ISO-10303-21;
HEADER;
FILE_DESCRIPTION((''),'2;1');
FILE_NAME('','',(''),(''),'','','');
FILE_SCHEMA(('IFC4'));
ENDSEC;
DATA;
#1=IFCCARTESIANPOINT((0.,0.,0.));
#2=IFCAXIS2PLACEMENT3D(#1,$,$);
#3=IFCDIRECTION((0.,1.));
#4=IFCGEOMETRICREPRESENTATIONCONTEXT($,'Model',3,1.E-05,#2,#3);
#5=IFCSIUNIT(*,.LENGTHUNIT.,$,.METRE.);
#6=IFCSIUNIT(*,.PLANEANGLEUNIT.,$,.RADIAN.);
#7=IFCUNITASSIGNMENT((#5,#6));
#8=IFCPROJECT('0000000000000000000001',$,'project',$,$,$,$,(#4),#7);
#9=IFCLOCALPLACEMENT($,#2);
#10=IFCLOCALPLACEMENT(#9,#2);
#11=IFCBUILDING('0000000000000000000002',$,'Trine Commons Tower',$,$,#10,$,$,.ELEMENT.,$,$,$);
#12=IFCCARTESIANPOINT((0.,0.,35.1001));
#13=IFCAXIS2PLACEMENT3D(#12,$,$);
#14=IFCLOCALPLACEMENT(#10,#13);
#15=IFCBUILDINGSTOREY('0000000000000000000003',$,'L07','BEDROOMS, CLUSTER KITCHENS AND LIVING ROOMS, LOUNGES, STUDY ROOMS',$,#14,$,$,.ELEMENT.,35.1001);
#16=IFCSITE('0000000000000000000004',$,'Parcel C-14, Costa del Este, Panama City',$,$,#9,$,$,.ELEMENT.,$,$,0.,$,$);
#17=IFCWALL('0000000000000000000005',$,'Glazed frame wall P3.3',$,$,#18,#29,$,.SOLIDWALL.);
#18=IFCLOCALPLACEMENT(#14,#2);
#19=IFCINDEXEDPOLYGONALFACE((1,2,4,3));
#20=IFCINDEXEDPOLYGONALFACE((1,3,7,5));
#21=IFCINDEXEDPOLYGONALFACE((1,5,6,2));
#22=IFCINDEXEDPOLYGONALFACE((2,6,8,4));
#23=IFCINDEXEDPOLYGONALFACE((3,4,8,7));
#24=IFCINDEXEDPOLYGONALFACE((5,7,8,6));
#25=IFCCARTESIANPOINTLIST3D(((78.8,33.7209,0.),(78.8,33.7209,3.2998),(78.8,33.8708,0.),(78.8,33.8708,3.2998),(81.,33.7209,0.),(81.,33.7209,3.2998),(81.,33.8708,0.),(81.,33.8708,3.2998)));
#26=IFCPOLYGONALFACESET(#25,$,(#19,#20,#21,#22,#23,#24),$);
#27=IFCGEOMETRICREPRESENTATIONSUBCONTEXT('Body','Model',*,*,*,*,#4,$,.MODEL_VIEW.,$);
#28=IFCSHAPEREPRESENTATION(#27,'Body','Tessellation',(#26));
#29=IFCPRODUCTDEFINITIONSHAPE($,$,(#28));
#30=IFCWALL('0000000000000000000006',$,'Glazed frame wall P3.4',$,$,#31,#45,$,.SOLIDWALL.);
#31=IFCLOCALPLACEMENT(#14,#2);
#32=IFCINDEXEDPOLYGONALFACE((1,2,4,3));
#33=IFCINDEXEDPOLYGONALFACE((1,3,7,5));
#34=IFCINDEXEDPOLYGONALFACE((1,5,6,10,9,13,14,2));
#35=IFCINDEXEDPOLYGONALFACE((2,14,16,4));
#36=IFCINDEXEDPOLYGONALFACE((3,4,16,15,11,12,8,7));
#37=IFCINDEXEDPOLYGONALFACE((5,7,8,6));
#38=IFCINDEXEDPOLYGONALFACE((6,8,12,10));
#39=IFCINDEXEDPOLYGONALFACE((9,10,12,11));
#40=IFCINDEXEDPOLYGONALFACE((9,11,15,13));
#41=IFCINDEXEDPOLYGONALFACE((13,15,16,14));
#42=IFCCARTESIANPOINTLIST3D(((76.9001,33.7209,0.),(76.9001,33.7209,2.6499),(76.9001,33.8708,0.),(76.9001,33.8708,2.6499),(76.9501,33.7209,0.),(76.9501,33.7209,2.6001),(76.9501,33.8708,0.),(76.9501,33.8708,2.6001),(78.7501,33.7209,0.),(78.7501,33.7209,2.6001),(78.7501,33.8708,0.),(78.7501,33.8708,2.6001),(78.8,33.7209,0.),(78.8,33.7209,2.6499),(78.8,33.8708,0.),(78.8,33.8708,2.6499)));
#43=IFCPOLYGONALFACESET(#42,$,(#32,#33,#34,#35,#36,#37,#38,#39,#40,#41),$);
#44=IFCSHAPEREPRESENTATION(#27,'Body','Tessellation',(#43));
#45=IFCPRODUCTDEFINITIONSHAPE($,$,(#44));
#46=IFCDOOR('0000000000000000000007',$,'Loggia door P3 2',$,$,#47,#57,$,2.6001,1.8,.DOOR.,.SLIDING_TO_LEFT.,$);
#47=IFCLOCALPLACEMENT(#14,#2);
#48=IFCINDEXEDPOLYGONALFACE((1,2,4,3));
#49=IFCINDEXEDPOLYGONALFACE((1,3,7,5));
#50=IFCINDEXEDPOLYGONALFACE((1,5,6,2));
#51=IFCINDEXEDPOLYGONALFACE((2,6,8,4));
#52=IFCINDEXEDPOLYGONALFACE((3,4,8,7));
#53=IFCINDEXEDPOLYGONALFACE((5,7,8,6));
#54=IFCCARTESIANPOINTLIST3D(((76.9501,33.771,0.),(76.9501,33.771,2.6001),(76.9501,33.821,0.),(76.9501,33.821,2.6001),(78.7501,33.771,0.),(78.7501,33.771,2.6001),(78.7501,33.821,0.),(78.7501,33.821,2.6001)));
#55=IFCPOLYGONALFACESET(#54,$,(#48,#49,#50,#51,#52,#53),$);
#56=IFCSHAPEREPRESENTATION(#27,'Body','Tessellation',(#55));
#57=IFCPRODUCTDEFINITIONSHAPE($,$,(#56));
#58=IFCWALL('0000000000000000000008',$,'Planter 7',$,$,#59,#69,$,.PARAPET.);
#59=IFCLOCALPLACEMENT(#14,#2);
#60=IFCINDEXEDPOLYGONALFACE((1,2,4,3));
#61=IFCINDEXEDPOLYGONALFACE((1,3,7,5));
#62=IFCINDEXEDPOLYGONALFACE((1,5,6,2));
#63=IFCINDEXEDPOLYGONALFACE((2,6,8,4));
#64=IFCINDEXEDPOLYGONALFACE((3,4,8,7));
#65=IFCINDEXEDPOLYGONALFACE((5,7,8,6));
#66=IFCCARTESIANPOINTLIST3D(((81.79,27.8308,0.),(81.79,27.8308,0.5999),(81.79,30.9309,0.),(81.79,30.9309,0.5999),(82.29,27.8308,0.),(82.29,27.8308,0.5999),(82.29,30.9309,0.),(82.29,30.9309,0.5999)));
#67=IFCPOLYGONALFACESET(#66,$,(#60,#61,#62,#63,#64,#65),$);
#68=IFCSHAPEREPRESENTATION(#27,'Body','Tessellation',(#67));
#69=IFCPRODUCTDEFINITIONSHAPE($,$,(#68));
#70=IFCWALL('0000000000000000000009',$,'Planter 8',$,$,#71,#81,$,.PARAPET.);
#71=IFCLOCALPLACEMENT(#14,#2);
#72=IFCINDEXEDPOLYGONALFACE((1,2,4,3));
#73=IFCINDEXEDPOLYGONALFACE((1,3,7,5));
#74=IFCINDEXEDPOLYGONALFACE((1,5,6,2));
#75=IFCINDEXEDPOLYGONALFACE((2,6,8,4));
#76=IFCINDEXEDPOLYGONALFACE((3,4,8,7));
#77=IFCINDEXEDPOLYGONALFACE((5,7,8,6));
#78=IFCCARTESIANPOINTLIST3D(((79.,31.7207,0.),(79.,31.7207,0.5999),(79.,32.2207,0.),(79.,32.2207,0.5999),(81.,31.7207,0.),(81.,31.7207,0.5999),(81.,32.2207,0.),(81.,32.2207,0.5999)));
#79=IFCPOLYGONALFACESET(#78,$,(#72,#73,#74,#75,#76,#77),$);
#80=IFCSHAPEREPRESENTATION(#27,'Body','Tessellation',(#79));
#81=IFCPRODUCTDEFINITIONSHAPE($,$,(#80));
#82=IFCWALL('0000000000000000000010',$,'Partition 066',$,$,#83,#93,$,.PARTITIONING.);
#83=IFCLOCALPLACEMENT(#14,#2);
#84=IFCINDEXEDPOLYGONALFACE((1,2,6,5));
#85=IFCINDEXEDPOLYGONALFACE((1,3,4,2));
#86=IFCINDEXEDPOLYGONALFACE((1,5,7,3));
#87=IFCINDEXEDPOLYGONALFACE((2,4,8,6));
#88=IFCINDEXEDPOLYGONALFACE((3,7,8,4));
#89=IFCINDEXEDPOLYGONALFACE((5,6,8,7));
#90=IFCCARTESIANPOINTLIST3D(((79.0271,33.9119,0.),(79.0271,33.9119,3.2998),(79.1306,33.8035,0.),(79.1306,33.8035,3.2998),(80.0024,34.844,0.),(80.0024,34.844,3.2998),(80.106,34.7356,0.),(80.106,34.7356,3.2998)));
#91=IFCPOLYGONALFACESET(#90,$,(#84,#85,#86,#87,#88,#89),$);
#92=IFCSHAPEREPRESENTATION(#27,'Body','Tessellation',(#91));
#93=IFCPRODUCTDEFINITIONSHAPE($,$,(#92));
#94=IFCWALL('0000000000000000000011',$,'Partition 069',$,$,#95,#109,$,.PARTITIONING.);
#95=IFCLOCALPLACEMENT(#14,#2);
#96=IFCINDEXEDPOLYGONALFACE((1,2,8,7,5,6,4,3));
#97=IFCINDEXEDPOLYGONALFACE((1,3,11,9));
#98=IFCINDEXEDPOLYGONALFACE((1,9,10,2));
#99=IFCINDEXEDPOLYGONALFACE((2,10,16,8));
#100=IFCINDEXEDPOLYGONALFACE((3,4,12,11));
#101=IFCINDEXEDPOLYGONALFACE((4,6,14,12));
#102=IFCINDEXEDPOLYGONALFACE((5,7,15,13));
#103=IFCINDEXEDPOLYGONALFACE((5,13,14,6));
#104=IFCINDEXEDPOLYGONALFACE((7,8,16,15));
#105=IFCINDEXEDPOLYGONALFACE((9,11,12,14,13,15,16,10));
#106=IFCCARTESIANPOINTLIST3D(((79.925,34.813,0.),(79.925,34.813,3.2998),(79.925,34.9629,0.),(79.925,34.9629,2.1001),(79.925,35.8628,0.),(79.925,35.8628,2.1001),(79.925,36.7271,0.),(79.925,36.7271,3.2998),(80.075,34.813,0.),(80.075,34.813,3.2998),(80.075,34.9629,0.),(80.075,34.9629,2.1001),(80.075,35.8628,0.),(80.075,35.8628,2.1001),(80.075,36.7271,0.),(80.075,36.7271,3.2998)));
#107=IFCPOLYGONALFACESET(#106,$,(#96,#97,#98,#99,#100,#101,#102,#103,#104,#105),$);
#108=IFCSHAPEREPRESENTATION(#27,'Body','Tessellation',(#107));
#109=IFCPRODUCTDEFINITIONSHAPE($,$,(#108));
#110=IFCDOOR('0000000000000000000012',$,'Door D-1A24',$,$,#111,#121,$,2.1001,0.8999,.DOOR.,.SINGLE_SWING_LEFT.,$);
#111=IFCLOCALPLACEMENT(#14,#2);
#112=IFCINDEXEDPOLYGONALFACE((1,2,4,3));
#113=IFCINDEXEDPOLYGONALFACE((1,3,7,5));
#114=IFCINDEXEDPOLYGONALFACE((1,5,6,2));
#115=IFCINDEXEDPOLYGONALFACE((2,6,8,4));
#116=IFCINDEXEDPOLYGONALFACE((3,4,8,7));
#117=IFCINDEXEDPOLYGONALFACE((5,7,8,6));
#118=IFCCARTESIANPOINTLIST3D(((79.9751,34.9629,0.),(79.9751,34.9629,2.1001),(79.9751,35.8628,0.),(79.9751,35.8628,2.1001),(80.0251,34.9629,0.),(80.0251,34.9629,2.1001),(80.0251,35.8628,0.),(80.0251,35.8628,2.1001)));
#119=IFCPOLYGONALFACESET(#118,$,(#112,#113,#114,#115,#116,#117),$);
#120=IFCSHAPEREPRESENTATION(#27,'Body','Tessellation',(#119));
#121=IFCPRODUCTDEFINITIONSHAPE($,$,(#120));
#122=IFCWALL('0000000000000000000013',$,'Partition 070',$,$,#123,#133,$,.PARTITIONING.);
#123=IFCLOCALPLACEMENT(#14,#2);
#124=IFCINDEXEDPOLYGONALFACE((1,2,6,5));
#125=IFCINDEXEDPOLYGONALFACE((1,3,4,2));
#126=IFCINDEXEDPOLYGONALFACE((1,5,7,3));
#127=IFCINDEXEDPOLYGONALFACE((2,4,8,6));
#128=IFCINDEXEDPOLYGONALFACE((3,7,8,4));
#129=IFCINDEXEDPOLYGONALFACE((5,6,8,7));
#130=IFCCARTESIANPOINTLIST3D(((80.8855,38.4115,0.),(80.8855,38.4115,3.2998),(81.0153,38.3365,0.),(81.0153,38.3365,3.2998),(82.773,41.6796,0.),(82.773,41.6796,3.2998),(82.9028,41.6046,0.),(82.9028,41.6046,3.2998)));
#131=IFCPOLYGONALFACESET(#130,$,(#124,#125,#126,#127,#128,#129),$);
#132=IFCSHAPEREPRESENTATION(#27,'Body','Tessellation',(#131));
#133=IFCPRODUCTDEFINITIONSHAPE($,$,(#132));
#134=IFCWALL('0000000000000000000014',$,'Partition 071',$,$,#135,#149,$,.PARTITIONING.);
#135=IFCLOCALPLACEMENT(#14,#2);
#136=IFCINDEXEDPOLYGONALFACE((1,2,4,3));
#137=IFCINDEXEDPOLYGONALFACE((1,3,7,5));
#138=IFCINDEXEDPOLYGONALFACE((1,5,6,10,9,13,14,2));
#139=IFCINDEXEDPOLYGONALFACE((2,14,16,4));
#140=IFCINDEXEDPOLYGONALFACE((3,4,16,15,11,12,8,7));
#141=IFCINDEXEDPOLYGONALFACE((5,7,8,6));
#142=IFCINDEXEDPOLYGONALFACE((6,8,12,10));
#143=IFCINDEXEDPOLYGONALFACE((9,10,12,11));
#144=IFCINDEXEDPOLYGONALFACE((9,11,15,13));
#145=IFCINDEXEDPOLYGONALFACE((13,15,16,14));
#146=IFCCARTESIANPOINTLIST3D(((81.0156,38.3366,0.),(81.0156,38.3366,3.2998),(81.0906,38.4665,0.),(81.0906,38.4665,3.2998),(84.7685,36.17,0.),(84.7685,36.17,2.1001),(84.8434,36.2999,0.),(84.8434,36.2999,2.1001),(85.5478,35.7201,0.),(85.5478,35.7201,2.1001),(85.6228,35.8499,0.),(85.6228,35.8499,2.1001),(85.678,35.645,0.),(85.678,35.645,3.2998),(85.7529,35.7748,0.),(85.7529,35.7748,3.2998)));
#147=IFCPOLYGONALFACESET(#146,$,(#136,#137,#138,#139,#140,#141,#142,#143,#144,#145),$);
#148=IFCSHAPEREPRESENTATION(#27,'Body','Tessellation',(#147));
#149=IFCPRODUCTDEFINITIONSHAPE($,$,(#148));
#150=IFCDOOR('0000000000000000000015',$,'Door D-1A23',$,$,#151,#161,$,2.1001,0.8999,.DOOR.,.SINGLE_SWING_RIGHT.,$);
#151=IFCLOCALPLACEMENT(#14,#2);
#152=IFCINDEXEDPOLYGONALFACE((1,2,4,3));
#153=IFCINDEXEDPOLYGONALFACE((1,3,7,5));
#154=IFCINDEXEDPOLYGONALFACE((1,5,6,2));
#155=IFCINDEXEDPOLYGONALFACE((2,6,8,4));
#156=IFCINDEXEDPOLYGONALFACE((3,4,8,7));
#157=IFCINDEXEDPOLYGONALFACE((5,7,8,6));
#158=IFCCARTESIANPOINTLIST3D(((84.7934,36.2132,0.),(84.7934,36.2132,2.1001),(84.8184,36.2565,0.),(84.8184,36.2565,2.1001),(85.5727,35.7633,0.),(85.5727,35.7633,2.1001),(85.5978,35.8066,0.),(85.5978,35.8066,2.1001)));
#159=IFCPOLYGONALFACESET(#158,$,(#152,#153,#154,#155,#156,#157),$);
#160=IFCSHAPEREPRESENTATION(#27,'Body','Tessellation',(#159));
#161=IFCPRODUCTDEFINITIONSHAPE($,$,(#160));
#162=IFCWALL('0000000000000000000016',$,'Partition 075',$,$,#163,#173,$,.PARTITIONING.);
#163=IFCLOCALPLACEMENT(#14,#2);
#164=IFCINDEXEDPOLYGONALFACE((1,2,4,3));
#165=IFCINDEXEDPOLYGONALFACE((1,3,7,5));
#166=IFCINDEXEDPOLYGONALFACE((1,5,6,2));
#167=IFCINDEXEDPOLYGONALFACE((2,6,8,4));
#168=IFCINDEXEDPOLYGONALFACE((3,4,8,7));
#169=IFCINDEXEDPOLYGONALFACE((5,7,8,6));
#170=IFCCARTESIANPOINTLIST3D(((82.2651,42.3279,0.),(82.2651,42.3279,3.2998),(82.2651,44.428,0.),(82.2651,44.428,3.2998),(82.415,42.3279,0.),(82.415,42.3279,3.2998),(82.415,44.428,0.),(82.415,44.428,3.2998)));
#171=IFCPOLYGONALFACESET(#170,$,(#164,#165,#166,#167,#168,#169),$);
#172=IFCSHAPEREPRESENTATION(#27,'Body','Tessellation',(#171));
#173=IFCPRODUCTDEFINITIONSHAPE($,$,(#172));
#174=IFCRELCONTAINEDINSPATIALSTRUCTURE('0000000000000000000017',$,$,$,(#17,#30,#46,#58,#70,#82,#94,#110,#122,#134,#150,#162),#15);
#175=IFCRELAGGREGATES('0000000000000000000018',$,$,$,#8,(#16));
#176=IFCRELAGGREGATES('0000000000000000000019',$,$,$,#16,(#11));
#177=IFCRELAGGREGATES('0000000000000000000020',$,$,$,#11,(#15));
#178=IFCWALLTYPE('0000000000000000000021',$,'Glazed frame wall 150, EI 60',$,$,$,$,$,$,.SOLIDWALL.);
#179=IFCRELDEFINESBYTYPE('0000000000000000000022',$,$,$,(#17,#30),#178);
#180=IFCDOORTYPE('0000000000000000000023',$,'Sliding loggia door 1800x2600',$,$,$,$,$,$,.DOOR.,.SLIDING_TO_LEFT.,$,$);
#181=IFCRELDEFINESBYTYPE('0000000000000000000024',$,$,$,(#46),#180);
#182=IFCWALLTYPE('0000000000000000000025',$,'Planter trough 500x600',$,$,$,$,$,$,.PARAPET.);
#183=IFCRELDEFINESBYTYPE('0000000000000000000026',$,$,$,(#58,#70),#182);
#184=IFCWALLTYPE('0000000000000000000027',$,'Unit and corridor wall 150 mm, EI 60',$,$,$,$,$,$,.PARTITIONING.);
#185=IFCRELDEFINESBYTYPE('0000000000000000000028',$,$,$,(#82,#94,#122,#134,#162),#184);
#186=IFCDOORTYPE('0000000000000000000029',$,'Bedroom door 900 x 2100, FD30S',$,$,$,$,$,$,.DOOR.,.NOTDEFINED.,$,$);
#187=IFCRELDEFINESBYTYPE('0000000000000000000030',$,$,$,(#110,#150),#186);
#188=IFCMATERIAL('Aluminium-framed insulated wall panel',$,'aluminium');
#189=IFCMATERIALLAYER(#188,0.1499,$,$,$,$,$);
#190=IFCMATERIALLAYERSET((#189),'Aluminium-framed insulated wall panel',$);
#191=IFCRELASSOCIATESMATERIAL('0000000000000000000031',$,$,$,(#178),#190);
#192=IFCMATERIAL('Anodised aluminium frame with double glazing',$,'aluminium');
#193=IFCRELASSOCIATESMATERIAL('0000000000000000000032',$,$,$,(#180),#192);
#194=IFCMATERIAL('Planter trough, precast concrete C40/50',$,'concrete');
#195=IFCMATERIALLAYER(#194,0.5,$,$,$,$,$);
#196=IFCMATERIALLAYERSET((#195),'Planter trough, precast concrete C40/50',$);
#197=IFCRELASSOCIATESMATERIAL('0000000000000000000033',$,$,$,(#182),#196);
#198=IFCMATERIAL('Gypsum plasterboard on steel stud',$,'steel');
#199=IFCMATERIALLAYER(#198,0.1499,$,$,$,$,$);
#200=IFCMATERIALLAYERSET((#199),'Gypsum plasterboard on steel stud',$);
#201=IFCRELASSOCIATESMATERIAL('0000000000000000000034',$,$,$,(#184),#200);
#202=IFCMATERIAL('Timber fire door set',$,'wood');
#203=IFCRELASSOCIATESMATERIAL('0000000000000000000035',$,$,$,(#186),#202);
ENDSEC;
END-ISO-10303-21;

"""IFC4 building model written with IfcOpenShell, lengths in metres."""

from ifc_helpers import new_model, si_unit, direction, frame, frame_2d, origin, place, context, subcontext, project, spatial, polyline, rectangle, outline, extrude, material, layer, layer_set, type_object, element, fill, save


model = new_model("IFC4")

# Units and contexts
model_context = context("Model", 3, precision=1e-05, world=origin(), true_north=direction((0.0, 1.0)))
body_context = subcontext(model_context, "Body", "Model", "MODEL_VIEW")
ifc_project = project(units=[si_unit("LENGTHUNIT", "METRE"), si_unit("PLANEANGLEUNIT", "RADIAN")], contexts=[model_context])

# Site, building, storey
site_placement = place(None, origin())
site = spatial("IfcSite", under=ifc_project, at=site_placement, Name="Parcel C-14, Costa del Este, Panama City", CompositionType="ELEMENT", RefElevation=0.0)
building_placement = place(site_placement, origin())
building = spatial("IfcBuilding", under=site, at=building_placement, Name="Trine Commons Tower", CompositionType="ELEMENT")
storey_placement = place(building_placement, frame((0.0, 0.0, 35.1001)))
storey = spatial("IfcBuildingStorey", under=building, at=storey_placement, Name="L07", Description="BEDROOMS, CLUSTER KITCHENS AND LIVING ROOMS, LOUNGES, STUDY ROOMS", CompositionType="ELEMENT", Elevation=35.1001)

# Shared definitions
ifc_material_1 = material(Name="Aluminium-framed insulated wall panel", Category="aluminium")
ifc_layer_1 = layer(ifc_material_1, 0.1499)
ifc_layer_set_1 = layer_set([ifc_layer_1], Name="Aluminium-framed insulated wall panel")
wall_type_1 = type_object("IfcWallType", Name="Glazed frame wall 150, EI 60", PredefinedType="SOLIDWALL", material=ifc_layer_set_1)

# Shared definitions
ifc_material_2 = material(Name="Anodised aluminium frame with double glazing", Category="aluminium")
door_type_1 = type_object("IfcDoorType", Name="Sliding loggia door 1800x2600", OperationType="SLIDING_TO_LEFT", PredefinedType="DOOR", material=ifc_material_2)

# Wall
wall_1_placement = place(storey_placement, frame((81.0, 33.7959, 0.0), z_axis=(0.0, 0.0, 1.0), x_axis=(-1.0, 0.0, 0.0)))
element("IfcWall", 1, at=wall_1_placement, inside=storey, type_object=wall_type_1, Name="Glazed frame wall P3.3", PredefinedType="SOLIDWALL", context=body_context, shape_type="SweptSolid", body=[
    extrude(outline(polyline([(0.0, -0.075), (2.2, -0.075), (2.2, 0.075), (0.0, 0.075), (0.0, -0.075)])), origin(), (0.0, 0.0, 1.0), 3.2998),
])

# Wall, opening, door
wall_2_placement = place(storey_placement, frame((78.8, 33.7959, 0.0), z_axis=(0.0, 0.0, 1.0), x_axis=(-1.0, 0.0, 0.0)))
wall_2 = element("IfcWall", 2, at=wall_2_placement, inside=storey, type_object=wall_type_1, Name="Glazed frame wall P3.4", PredefinedType="SOLIDWALL", context=body_context, shape_type="SweptSolid", body=[
    extrude(outline(polyline([(0.0, -0.075), (1.8999, -0.075), (1.8999, 0.075), (0.0, 0.075), (0.0, -0.075)])), origin(), (0.0, 0.0, 1.0), 2.6499),
])
opening_1_placement = place(wall_2_placement, frame((0.05, 0.0, 0.0)))
opening_1 = element("IfcOpeningElement", 3, at=opening_1_placement, cuts=wall_2, PredefinedType="OPENING", context=body_context, shape_type="SweptSolid", body=[
    extrude(rectangle(XDim=1.8, YDim=2.6001, at=frame_2d((0.8999, 1.3))), frame((0.0, 0.085, 0.0), z_axis=(0.0, -1.0, 0.0), x_axis=(1.0, 0.0, 0.0)), (0.0, 0.0, 1.0), 0.1699),
])
door_1_placement = place(opening_1_placement, origin())
door_1 = element("IfcDoor", 4, at=door_1_placement, inside=storey, type_object=door_type_1, Name="Loggia door P3 2", OperationType="SLIDING_TO_LEFT", OverallHeight=2.6001, OverallWidth=1.8, PredefinedType="DOOR", context=body_context, shape_type="SweptSolid", body=[
    extrude(rectangle(XDim=1.8, YDim=2.6001, at=frame_2d((0.8999, 1.3))), frame((0.0, 0.0249, 0.0), z_axis=(0.0, -1.0, 0.0), x_axis=(1.0, 0.0, 0.0)), (0.0, 0.0, 1.0), 0.05),
])
fill(opening_1, door_1)

# Walls
ifc_material_3 = material(Name="Planter trough, precast concrete C40/50", Category="concrete")
ifc_layer_2 = layer(ifc_material_3, 0.5)
ifc_layer_set_2 = layer_set([ifc_layer_2], Name="Planter trough, precast concrete C40/50")
wall_type_2 = type_object("IfcWallType", Name="Planter trough 500x600", PredefinedType="PARAPET", material=ifc_layer_set_2)
wall_3_placement = place(storey_placement, frame((82.04, 27.8308, 0.0), z_axis=(0.0, 0.0, 1.0), x_axis=(0.0, 1.0, 0.0)))
element("IfcWall", 5, at=wall_3_placement, inside=storey, type_object=wall_type_2, Name="Planter 7", PredefinedType="PARAPET", context=body_context, shape_type="SweptSolid", body=[
    extrude(rectangle(XDim=3.1001, YDim=0.5, at=frame_2d((1.55, 0.0))), origin(), (0.0, 0.0, 1.0), 0.5999),
])
wall_4_placement = place(storey_placement, frame((81.0, 31.9707, 0.0), z_axis=(0.0, 0.0, 1.0), x_axis=(-1.0, 0.0, 0.0)))
element("IfcWall", 6, at=wall_4_placement, inside=storey, type_object=wall_type_2, Name="Planter 8", PredefinedType="PARAPET", context=body_context, shape_type="SweptSolid", body=[
    extrude(rectangle(XDim=2.0, YDim=0.5, at=frame_2d((1.0, 0.0))), origin(), (0.0, 0.0, 1.0), 0.5999),
])
ifc_material_4 = material(Name="Gypsum plasterboard on steel stud", Category="steel")
ifc_layer_3 = layer(ifc_material_4, 0.1499)
ifc_layer_set_3 = layer_set([ifc_layer_3], Name="Gypsum plasterboard on steel stud")
wall_type_3 = type_object("IfcWallType", Name="Unit and corridor wall 150 mm, EI 60", PredefinedType="PARTITIONING", material=ifc_layer_set_3)
wall_5_placement = place(storey_placement, frame((79.0789, 33.8577, 0.0), z_axis=(0.0, 0.0, 1.0), x_axis=(0.72294, 0.69091, 0.0)))
element("IfcWall", 7, at=wall_5_placement, inside=storey, type_object=wall_type_3, Name="Partition 066", PredefinedType="PARTITIONING", context=body_context, shape_type="SweptSolid", body=[
    extrude(rectangle(XDim=1.3491, YDim=0.1499, at=frame_2d((0.6746, 0.0))), origin(), (0.0, 0.0, 1.0), 3.2998),
])

# Wall, opening, door
wall_6_placement = place(storey_placement, frame((80.0, 34.813, 0.0), z_axis=(0.0, 0.0, 1.0), x_axis=(0.0, 1.0, 0.0)))
wall_6 = element("IfcWall", 8, at=wall_6_placement, inside=storey, type_object=wall_type_3, Name="Partition 069", PredefinedType="PARTITIONING", context=body_context, shape_type="SweptSolid", body=[
    extrude(rectangle(XDim=1.9141, YDim=0.1499, at=frame_2d((0.957, 0.0))), origin(), (0.0, 0.0, 1.0), 3.2998),
])
opening_2_placement = place(wall_6_placement, frame((0.1499, 0.0, 0.0)))
opening_2 = element("IfcOpeningElement", 9, at=opening_2_placement, cuts=wall_6, PredefinedType="OPENING", context=body_context, shape_type="SweptSolid", body=[
    extrude(rectangle(XDim=0.8999, YDim=2.1001, at=frame_2d((0.45, 1.05))), frame((0.0, 0.085, 0.0), z_axis=(0.0, -1.0, 0.0), x_axis=(1.0, 0.0, 0.0)), (0.0, 0.0, 1.0), 0.1699),
])
ifc_material_5 = material(Name="Timber fire door set", Category="wood")
door_type_2 = type_object("IfcDoorType", Name="Bedroom door 900 x 2100, FD30S", OperationType="NOTDEFINED", PredefinedType="DOOR", material=ifc_material_5)
door_2_placement = place(opening_2_placement, origin())
door_2 = element("IfcDoor", 10, at=door_2_placement, inside=storey, type_object=door_type_2, Name="Door D-1A24", OperationType="SINGLE_SWING_LEFT", OverallHeight=2.1001, OverallWidth=0.8999, PredefinedType="DOOR", context=body_context, shape_type="SweptSolid", body=[
    extrude(rectangle(XDim=0.8999, YDim=2.1001, at=frame_2d((0.45, 1.05))), frame((0.0, 0.0249, 0.0), z_axis=(0.0, -1.0, 0.0), x_axis=(1.0, 0.0, 0.0)), (0.0, 0.0, 1.0), 0.05),
])
fill(opening_2, door_2)

# Wall
wall_7_placement = place(storey_placement, frame((80.9504, 38.374, 0.0), z_axis=(0.0, 0.0, 1.0), x_axis=(0.500126, 0.865953, 0.0)))
element("IfcWall", 11, at=wall_7_placement, inside=storey, type_object=wall_type_3, Name="Partition 070", PredefinedType="PARTITIONING", context=body_context, shape_type="SweptSolid", body=[
    extrude(rectangle(XDim=3.7739, YDim=0.1499, at=frame_2d((1.887, 0.0))), origin(), (0.0, 0.0, 1.0), 3.2998),
])

# Wall, opening, door
wall_8_placement = place(storey_placement, frame((81.053, 38.4016, 0.0), z_axis=(0.0, 0.0, 1.0), x_axis=(0.866038, -0.499978, 0.0)))
wall_8 = element("IfcWall", 12, at=wall_8_placement, inside=storey, type_object=wall_type_3, Name="Partition 071", PredefinedType="PARTITIONING", context=body_context, shape_type="SweptSolid", body=[
    extrude(rectangle(XDim=5.3835, YDim=0.1499, at=frame_2d((2.6919, 0.0))), origin(), (0.0, 0.0, 1.0), 3.2998),
])
opening_3_placement = place(wall_8_placement, frame((4.3335, 0.0, 0.0)))
opening_3 = element("IfcOpeningElement", 13, at=opening_3_placement, cuts=wall_8, PredefinedType="OPENING", context=body_context, shape_type="SweptSolid", body=[
    extrude(rectangle(XDim=0.8999, YDim=2.1001, at=frame_2d((0.45, 1.05))), frame((0.0, 0.085, 0.0), z_axis=(0.0, -1.0, 0.0), x_axis=(1.0, 0.0, 0.0)), (0.0, 0.0, 1.0), 0.1699),
])
door_3_placement = place(opening_3_placement, origin())
door_3 = element("IfcDoor", 14, at=door_3_placement, inside=storey, type_object=door_type_2, Name="Door D-1A23", OperationType="SINGLE_SWING_RIGHT", OverallHeight=2.1001, OverallWidth=0.8999, PredefinedType="DOOR", context=body_context, shape_type="SweptSolid", body=[
    extrude(rectangle(XDim=0.8999, YDim=2.1001, at=frame_2d((0.45, 1.05))), frame((0.0, 0.0249, 0.0), z_axis=(0.0, -1.0, 0.0), x_axis=(1.0, 0.0, 0.0)), (0.0, 0.0, 1.0), 0.05),
])
fill(opening_3, door_3)

# Wall
wall_9_placement = place(storey_placement, frame((82.3401, 42.3279, 0.0), z_axis=(0.0, 0.0, 1.0), x_axis=(0.0, 1.0, 0.0)))
element("IfcWall", 15, at=wall_9_placement, inside=storey, type_object=wall_type_3, Name="Partition 075", PredefinedType="PARTITIONING", context=body_context, shape_type="SweptSolid", body=[
    extrude(rectangle(XDim=2.1001, YDim=0.1499, at=frame_2d((1.05, 0.0))), origin(), (0.0, 0.0, 1.0), 3.2998),
])

save(model, "model.ifc")
